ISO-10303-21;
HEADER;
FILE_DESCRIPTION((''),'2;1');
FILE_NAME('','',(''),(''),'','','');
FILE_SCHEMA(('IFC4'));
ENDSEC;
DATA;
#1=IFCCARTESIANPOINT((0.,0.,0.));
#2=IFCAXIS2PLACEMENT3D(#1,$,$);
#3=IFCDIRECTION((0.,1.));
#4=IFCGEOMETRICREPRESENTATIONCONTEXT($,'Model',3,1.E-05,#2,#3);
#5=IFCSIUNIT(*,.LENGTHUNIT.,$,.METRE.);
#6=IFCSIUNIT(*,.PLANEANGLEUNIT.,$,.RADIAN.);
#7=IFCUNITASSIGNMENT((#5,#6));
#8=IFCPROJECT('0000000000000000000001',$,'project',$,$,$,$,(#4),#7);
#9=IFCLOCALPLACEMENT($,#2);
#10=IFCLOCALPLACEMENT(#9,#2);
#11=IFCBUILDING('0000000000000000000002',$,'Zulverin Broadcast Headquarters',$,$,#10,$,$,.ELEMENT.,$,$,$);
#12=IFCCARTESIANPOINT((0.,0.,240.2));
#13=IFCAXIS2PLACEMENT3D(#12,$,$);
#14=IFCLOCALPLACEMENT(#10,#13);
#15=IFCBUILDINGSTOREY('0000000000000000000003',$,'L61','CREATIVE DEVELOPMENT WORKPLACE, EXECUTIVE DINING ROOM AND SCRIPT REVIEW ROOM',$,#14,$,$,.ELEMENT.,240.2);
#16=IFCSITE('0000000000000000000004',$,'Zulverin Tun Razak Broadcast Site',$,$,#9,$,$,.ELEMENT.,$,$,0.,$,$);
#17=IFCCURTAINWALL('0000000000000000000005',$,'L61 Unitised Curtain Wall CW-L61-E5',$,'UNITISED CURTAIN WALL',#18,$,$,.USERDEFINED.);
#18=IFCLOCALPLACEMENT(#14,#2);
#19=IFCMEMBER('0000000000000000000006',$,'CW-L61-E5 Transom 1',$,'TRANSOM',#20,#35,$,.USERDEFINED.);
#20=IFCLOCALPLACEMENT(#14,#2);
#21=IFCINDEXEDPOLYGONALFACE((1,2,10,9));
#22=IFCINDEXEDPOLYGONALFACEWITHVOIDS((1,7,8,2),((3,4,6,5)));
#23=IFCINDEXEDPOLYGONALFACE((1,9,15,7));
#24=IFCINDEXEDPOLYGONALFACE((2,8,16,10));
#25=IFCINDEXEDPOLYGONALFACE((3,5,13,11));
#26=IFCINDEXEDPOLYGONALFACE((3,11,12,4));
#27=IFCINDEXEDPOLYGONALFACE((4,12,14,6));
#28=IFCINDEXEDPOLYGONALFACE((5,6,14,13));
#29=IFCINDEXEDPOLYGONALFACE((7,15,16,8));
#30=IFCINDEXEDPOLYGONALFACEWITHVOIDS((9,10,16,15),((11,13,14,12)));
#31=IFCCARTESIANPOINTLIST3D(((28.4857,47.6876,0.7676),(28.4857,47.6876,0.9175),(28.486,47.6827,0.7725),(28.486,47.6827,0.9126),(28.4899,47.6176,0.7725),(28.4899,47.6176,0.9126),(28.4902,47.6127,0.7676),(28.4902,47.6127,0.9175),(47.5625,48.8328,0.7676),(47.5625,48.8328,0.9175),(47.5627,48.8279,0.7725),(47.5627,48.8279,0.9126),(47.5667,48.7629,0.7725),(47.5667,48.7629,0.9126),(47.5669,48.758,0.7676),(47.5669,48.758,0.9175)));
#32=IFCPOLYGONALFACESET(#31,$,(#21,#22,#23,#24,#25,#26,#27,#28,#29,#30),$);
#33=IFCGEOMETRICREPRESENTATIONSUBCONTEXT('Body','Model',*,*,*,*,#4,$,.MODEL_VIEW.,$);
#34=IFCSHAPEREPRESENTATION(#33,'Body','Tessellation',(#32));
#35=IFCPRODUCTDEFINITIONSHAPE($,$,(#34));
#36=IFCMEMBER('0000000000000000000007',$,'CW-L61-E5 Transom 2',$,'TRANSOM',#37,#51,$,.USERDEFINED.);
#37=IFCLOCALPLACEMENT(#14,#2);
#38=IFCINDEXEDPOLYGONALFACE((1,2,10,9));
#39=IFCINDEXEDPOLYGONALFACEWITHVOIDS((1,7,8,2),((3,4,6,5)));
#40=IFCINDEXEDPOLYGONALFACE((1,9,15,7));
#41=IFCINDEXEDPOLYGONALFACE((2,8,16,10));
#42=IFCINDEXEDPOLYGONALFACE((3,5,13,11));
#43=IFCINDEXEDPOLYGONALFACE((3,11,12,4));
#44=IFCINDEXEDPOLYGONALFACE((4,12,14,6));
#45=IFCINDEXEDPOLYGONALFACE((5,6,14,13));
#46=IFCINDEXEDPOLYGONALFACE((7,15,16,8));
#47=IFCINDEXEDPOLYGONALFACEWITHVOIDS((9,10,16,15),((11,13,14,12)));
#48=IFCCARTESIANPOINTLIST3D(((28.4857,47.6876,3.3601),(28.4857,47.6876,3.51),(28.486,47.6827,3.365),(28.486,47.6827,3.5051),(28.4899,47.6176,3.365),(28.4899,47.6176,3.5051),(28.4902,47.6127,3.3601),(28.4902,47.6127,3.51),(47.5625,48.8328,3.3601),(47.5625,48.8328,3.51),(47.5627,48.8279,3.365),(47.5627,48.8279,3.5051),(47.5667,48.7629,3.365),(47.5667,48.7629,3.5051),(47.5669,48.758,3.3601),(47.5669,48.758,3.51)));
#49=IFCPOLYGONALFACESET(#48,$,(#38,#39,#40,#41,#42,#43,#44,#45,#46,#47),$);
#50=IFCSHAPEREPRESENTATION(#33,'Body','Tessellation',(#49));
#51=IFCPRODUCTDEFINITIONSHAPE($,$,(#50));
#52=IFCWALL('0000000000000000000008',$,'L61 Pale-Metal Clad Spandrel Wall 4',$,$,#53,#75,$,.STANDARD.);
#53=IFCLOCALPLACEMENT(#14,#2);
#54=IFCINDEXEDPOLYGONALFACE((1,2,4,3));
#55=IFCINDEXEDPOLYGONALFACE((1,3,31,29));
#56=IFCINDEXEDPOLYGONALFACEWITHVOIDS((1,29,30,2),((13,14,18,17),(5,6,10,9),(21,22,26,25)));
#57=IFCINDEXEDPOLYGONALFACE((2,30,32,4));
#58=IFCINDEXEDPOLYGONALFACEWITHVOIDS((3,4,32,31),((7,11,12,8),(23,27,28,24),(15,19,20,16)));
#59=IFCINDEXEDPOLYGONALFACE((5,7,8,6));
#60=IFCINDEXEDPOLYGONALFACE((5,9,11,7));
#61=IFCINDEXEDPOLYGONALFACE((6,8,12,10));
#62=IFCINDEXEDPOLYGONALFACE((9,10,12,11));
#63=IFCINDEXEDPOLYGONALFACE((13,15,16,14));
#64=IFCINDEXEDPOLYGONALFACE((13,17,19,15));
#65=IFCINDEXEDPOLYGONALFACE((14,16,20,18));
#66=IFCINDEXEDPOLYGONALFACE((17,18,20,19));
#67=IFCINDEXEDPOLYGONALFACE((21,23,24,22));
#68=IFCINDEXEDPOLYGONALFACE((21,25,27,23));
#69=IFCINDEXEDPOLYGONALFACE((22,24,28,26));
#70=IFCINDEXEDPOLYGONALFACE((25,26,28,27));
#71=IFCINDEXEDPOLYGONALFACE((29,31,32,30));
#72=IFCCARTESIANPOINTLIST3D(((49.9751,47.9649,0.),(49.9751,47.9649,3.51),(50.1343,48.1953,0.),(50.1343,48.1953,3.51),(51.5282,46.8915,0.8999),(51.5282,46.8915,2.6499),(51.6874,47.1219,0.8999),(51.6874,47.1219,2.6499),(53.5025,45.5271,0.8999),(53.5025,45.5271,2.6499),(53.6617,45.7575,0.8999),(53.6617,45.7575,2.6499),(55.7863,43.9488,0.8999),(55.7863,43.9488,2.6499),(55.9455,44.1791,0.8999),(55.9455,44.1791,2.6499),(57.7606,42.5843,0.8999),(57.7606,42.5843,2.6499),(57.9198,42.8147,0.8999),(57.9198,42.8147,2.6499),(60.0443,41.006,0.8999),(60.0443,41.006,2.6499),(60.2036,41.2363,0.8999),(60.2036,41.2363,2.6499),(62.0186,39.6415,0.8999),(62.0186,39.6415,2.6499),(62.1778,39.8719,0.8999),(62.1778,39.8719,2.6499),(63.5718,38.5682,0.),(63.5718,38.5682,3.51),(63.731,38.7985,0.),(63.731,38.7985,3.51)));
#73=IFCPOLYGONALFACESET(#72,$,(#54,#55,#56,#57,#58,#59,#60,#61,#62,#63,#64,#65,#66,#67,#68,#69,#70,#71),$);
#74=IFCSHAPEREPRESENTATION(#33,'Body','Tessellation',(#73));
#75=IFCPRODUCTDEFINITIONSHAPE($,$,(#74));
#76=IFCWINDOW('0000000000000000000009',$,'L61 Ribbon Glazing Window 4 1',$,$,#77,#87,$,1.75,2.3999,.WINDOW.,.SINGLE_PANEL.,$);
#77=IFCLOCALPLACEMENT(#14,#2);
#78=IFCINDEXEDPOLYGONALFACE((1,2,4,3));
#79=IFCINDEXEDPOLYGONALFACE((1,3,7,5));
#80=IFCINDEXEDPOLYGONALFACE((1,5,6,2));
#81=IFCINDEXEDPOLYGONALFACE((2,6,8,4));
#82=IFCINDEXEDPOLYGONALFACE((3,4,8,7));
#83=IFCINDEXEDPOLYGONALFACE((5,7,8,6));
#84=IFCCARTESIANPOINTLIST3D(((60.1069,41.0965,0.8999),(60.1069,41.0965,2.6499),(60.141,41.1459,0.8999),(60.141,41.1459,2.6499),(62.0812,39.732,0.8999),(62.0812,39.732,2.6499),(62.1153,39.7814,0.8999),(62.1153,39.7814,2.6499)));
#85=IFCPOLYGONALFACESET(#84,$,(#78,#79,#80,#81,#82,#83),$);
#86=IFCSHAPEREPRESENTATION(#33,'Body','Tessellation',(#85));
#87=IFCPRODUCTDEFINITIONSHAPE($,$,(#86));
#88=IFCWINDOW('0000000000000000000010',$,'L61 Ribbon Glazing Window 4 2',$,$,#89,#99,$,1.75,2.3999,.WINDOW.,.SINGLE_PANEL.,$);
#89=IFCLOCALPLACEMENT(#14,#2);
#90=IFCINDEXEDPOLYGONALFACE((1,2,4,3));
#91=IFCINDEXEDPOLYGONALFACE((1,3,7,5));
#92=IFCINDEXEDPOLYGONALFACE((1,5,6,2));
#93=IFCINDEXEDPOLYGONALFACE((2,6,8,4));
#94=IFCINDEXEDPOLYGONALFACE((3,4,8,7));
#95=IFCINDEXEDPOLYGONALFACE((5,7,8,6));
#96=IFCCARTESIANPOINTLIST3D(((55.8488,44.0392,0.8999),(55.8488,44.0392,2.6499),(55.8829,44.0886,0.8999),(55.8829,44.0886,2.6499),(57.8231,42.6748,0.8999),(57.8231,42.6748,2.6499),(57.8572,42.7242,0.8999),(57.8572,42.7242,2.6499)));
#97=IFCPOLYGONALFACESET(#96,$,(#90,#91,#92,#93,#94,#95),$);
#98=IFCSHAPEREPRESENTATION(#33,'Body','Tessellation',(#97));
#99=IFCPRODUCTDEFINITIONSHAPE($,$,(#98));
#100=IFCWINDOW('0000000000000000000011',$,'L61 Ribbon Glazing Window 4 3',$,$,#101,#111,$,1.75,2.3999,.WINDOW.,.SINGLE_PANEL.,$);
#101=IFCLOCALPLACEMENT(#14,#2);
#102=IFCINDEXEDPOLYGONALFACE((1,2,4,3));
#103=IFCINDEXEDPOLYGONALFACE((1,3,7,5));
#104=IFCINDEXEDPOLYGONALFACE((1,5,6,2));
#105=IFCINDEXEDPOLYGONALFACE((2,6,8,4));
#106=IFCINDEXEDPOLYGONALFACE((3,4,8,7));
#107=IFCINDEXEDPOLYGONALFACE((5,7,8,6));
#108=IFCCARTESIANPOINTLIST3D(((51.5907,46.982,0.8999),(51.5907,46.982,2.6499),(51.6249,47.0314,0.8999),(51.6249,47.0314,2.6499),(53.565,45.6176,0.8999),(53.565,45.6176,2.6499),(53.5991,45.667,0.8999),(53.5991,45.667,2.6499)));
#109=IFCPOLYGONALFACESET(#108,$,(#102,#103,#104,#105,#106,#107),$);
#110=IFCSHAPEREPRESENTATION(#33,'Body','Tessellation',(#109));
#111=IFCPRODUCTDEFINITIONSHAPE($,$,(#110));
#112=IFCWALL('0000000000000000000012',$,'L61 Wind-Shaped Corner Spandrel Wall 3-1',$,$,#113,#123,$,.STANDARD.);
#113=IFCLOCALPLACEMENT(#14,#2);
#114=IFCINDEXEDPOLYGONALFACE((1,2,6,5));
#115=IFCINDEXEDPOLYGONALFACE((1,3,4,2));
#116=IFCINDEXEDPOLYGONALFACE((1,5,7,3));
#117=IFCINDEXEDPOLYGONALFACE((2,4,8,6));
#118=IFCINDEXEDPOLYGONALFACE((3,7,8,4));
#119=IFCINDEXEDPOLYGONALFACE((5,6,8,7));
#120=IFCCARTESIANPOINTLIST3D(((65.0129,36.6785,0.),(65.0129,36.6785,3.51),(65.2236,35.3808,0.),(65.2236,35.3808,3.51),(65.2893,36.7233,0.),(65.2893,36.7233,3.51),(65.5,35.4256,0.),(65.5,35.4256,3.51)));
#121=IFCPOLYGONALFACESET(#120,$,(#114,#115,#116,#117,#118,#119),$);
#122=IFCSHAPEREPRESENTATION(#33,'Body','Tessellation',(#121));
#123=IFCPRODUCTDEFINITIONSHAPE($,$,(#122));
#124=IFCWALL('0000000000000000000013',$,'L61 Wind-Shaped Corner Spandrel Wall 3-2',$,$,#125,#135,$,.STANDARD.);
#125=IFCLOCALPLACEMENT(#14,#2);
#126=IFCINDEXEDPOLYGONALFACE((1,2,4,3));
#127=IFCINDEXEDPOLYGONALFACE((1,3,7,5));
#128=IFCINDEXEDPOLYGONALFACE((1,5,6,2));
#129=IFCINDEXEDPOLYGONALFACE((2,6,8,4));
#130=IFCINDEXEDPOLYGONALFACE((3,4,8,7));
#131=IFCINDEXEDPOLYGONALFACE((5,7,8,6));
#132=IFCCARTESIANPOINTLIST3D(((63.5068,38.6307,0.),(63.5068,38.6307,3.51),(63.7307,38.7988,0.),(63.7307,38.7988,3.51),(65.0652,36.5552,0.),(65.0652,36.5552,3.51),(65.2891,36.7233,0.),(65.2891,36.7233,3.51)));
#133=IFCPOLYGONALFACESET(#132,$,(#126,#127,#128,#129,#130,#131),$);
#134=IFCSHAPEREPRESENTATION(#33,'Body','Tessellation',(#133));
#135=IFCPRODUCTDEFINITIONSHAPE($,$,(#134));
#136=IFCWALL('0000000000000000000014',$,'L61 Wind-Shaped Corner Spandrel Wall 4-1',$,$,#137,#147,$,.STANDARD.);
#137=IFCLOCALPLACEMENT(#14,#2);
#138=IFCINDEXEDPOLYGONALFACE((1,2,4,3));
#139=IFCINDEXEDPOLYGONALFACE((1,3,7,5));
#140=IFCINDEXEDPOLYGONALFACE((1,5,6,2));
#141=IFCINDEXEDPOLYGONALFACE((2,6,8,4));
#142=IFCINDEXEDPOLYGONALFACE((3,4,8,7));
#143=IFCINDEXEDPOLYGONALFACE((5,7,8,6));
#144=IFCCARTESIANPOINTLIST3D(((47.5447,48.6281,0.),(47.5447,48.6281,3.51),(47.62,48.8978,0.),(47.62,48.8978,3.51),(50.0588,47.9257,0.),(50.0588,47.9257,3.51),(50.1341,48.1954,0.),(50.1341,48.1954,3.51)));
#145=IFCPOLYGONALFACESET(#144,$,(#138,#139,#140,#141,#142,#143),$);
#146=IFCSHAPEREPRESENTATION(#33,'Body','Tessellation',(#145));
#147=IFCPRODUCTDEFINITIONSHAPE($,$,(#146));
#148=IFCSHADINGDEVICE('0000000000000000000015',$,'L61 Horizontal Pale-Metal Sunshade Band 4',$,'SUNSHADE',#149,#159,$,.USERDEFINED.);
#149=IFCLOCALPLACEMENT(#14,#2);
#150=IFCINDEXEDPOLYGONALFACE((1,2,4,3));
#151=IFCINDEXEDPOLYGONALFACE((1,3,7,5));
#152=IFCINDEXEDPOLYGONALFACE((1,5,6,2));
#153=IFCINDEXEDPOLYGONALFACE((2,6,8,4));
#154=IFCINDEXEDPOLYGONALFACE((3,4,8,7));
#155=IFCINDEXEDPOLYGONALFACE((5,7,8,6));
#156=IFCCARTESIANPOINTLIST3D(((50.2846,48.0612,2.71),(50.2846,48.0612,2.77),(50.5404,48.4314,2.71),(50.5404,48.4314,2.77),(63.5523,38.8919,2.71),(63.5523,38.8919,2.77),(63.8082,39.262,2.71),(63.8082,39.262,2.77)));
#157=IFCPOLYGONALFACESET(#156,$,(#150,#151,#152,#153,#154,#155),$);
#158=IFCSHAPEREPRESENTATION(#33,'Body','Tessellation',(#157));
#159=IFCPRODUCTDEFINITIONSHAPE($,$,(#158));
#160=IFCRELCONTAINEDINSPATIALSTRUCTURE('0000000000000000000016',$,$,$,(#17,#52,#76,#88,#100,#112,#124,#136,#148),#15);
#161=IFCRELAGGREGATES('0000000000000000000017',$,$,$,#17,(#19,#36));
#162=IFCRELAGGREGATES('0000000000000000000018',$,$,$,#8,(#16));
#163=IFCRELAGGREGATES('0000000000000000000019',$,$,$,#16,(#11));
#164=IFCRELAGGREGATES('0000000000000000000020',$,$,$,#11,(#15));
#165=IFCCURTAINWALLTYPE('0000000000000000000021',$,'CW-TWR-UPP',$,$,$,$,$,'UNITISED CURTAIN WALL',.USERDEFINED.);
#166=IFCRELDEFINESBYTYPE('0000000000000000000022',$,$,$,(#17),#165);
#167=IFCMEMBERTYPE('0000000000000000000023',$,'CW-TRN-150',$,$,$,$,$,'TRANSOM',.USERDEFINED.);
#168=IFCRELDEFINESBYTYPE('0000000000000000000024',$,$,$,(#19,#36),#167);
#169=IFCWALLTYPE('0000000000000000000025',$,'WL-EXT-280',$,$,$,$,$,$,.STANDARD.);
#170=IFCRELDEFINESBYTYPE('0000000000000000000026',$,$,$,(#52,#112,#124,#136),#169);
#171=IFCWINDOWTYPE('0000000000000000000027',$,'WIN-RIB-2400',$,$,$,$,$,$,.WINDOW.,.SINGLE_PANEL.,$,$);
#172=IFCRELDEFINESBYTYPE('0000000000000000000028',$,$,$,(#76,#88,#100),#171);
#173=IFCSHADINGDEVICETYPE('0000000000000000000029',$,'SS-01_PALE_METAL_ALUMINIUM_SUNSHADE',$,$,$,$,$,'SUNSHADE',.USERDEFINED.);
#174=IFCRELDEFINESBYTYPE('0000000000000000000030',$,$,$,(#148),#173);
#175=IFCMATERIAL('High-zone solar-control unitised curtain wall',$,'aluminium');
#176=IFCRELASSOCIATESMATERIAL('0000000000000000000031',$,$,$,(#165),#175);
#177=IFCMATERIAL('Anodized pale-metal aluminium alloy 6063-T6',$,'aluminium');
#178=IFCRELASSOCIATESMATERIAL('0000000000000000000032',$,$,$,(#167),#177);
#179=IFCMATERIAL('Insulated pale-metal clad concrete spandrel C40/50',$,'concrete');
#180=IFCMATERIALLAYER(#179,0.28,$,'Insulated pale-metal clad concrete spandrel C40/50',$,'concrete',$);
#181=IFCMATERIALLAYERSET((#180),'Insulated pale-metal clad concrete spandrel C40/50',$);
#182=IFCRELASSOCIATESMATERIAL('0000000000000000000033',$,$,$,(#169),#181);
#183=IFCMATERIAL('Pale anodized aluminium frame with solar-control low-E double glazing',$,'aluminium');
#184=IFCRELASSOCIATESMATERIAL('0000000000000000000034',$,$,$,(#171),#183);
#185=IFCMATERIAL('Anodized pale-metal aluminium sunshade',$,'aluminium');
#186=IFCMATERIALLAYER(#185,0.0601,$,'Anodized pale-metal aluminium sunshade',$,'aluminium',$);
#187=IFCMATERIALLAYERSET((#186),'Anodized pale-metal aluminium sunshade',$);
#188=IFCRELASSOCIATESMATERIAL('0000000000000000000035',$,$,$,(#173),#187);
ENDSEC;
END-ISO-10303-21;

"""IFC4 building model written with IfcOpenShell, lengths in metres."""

from ifc_helpers import new_model, si_unit, direction, frame, frame_2d, origin, origin_2d, place, context, subcontext, project, spatial, rectangle, hollow_rectangle, extrude, material, layer, layer_set, material_profile, profile_set, type_object, element, fill, aggregate, save


model = new_model("IFC4")

# Units and contexts
model_context = context("Model", 3, precision=1e-05, world=origin(), true_north=direction((0.0, 1.0)))
body_context = subcontext(model_context, "Body", "Model", "MODEL_VIEW")
ifc_project = project(units=[si_unit("LENGTHUNIT", "METRE"), si_unit("PLANEANGLEUNIT", "RADIAN")], contexts=[model_context])

# Site, building, storey
site_placement = place(None, origin())
site = spatial("IfcSite", under=ifc_project, at=site_placement, Name="Zulverin Tun Razak Broadcast Site", CompositionType="ELEMENT", RefElevation=0.0)
building_placement = place(site_placement, origin())
building = spatial("IfcBuilding", under=site, at=building_placement, Name="Zulverin Broadcast Headquarters", CompositionType="ELEMENT")
storey_placement = place(building_placement, frame((0.0, 0.0, 240.2)))
storey = spatial("IfcBuildingStorey", under=building, at=storey_placement, Name="L61", Description="CREATIVE DEVELOPMENT WORKPLACE, EXECUTIVE DINING ROOM AND SCRIPT REVIEW ROOM", CompositionType="ELEMENT", Elevation=240.2)

# Curtain wall, members
ifc_material_1 = material(Name="High-zone solar-control unitised curtain wall", Category="aluminium")
curtain_wall_type = type_object("IfcCurtainWallType", Name="CW-TWR-UPP", ElementType="UNITISED CURTAIN WALL", PredefinedType="USERDEFINED", material=ifc_material_1)
curtain_wall_placement = place(storey_placement, origin())
curtain_wall = element("IfcCurtainWall", 1, at=curtain_wall_placement, inside=storey, type_object=curtain_wall_type, Name="L61 Unitised Curtain Wall CW-L61-E5", ObjectType="UNITISED CURTAIN WALL", PredefinedType="USERDEFINED")
ifc_material_2 = material(Name="Anodized pale-metal aluminium alloy 6063-T6", Category="aluminium")
ifc_material_profile_1 = material_profile(ifc_material_2, hollow_rectangle(XDim=0.075, YDim=0.1499, WallThickness=0.0049, at=origin_2d()), Name="Anodized pale-metal aluminium alloy 6063-T6", Category="aluminium")
ifc_profile_set_1 = profile_set([ifc_material_profile_1], Name="Anodized pale-metal aluminium alloy 6063-T6")
member_type_1 = type_object("IfcMemberType", Name="CW-TRN-150", ElementType="TRANSOM", PredefinedType="USERDEFINED", material=ifc_profile_set_1)
member_1_placement = place(storey_placement, frame((47.5647, 48.7954, 0.8425), z_axis=(-0.998203, -0.059927, 0.0), x_axis=(0.059927, -0.998203, 0.0)))
member_1 = element("IfcMember", 2, at=member_1_placement, type_object=member_type_1, Name="CW-L61-E5 Transom 1", ObjectType="TRANSOM", PredefinedType="USERDEFINED", context=body_context, shape_type="SweptSolid", body=[
    extrude(hollow_rectangle(XDim=0.075, YDim=0.1499, WallThickness=0.0049, at=origin_2d()), origin(), (0.0, 0.0, 1.0), 19.1111),
])
member_2_placement = place(storey_placement, frame((47.5647, 48.7954, 3.4351), z_axis=(-0.998203, -0.059927, 0.0), x_axis=(0.059927, -0.998203, 0.0)))
member_2 = element("IfcMember", 3, at=member_2_placement, type_object=member_type_1, Name="CW-L61-E5 Transom 2", ObjectType="TRANSOM", PredefinedType="USERDEFINED", context=body_context, shape_type="SweptSolid", body=[
    extrude(hollow_rectangle(XDim=0.075, YDim=0.1499, WallThickness=0.0049, at=origin_2d()), origin(), (0.0, 0.0, 1.0), 19.1111),
])
aggregate(curtain_wall, [member_1, member_2])

# Wall, openings, windows
ifc_material_3 = material(Name="Insulated pale-metal clad concrete spandrel C40/50", Category="concrete")
ifc_layer_1 = layer(ifc_material_3, 0.28, Name="Insulated pale-metal clad concrete spandrel C40/50", Category="concrete")
ifc_layer_set_1 = layer_set([ifc_layer_1], Name="Insulated pale-metal clad concrete spandrel C40/50")
wall_type = type_object("IfcWallType", Name="WL-EXT-280", PredefinedType="STANDARD", material=ifc_layer_set_1)
wall_1_placement = place(storey_placement, frame((63.6514, 38.6833, 0.0), z_axis=(0.0, 0.0, 1.0), x_axis=(-0.822655, 0.568541, 0.0)))
wall_1 = element("IfcWall", 4, at=wall_1_placement, inside=storey, type_object=wall_type, Name="L61 Pale-Metal Clad Spandrel Wall 4", PredefinedType="STANDARD", context=body_context, shape_type="SweptSolid", body=[
    extrude(rectangle(XDim=16.5278, YDim=0.28, at=frame_2d((8.2639, 0.0))), origin(), (0.0, 0.0, 1.0), 3.51),
])
opening_1_placement = place(wall_1_placement, frame((1.8879, 0.0, 0.8999)))
opening_1 = element("IfcOpeningElement", 5, at=opening_1_placement, cuts=wall_1, PredefinedType="OPENING", context=body_context, shape_type="SweptSolid", body=[
    extrude(rectangle(XDim=2.3999, YDim=1.75, at=frame_2d((1.2, 0.875))), frame((0.0, 0.1499, 0.0), z_axis=(0.0, -1.0, 0.0), x_axis=(1.0, 0.0, 0.0)), (0.0, 0.0, 1.0), 0.3),
])
opening_2_placement = place(wall_1_placement, frame((7.064, 0.0, 0.8999)))
opening_2 = element("IfcOpeningElement", 6, at=opening_2_placement, cuts=wall_1, PredefinedType="OPENING", context=body_context, shape_type="SweptSolid", body=[
    extrude(rectangle(XDim=2.3999, YDim=1.75, at=frame_2d((1.2, 0.875))), frame((0.0, 0.1499, 0.0), z_axis=(0.0, -1.0, 0.0), x_axis=(1.0, 0.0, 0.0)), (0.0, 0.0, 1.0), 0.3),
])
opening_3_placement = place(wall_1_placement, frame((12.24, 0.0, 0.8999)))
opening_3 = element("IfcOpeningElement", 7, at=opening_3_placement, cuts=wall_1, PredefinedType="OPENING", context=body_context, shape_type="SweptSolid", body=[
    extrude(rectangle(XDim=2.3999, YDim=1.75, at=frame_2d((1.2, 0.875))), frame((0.0, 0.1499, 0.0), z_axis=(0.0, -1.0, 0.0), x_axis=(1.0, 0.0, 0.0)), (0.0, 0.0, 1.0), 0.3),
])
ifc_material_4 = material(Name="Pale anodized aluminium frame with solar-control low-E double glazing", Category="aluminium")
window_type = type_object("IfcWindowType", Name="WIN-RIB-2400", PartitioningType="SINGLE_PANEL", PredefinedType="WINDOW", material=ifc_material_4)
window_1_placement = place(opening_1_placement, origin())
window_1 = element("IfcWindow", 8, at=window_1_placement, inside=storey, type_object=window_type, Name="L61 Ribbon Glazing Window 4 1", OverallHeight=1.75, OverallWidth=2.3999, PartitioningType="SINGLE_PANEL", PredefinedType="WINDOW", context=body_context, shape_type="SweptSolid", body=[
    extrude(rectangle(XDim=2.3999, YDim=1.75, at=frame_2d((1.2, 0.875))), frame((0.0, 0.03, 0.0), z_axis=(0.0, -1.0, 0.0), x_axis=(1.0, 0.0, 0.0)), (0.0, 0.0, 1.0), 0.0601),
])
fill(opening_1, window_1)
window_2_placement = place(opening_2_placement, origin())
window_2 = element("IfcWindow", 9, at=window_2_placement, inside=storey, type_object=window_type, Name="L61 Ribbon Glazing Window 4 2", OverallHeight=1.75, OverallWidth=2.3999, PartitioningType="SINGLE_PANEL", PredefinedType="WINDOW", context=body_context, shape_type="SweptSolid", body=[
    extrude(rectangle(XDim=2.3999, YDim=1.75, at=frame_2d((1.2, 0.875))), frame((0.0, 0.03, 0.0), z_axis=(0.0, -1.0, 0.0), x_axis=(1.0, 0.0, 0.0)), (0.0, 0.0, 1.0), 0.0601),
])
fill(opening_2, window_2)
window_3_placement = place(opening_3_placement, origin())
window_3 = element("IfcWindow", 10, at=window_3_placement, inside=storey, type_object=window_type, Name="L61 Ribbon Glazing Window 4 3", OverallHeight=1.75, OverallWidth=2.3999, PartitioningType="SINGLE_PANEL", PredefinedType="WINDOW", context=body_context, shape_type="SweptSolid", body=[
    extrude(rectangle(XDim=2.3999, YDim=1.75, at=frame_2d((1.2, 0.875))), frame((0.0, 0.03, 0.0), z_axis=(0.0, -1.0, 0.0), x_axis=(1.0, 0.0, 0.0)), (0.0, 0.0, 1.0), 0.0601),
])
fill(opening_3, window_3)

# Walls
wall_2_placement = place(storey_placement, frame((65.3618, 35.4033, 0.0), z_axis=(0.0, 0.0, 1.0), x_axis=(-0.160272, 0.987073, 0.0)))
element("IfcWall", 11, at=wall_2_placement, inside=storey, type_object=wall_type, Name="L61 Wind-Shaped Corner Spandrel Wall 3-1", PredefinedType="STANDARD", context=body_context, shape_type="SweptSolid", body=[
    extrude(rectangle(XDim=1.3147, YDim=0.28, at=frame_2d((0.6572, 0.0))), origin(), (0.0, 0.0, 1.0), 3.51),
])
wall_3_placement = place(storey_placement, frame((65.1772, 36.6392, 0.0), z_axis=(0.0, 0.0, 1.0), x_axis=(-0.600436, 0.799673, 0.0)))
element("IfcWall", 12, at=wall_3_placement, inside=storey, type_object=wall_type, Name="L61 Wind-Shaped Corner Spandrel Wall 3-2", PredefinedType="STANDARD", context=body_context, shape_type="SweptSolid", body=[
    extrude(rectangle(XDim=2.5955, YDim=0.28, at=frame_2d((1.2979, 0.0))), origin(), (0.0, 0.0, 1.0), 3.51),
])
wall_4_placement = place(storey_placement, frame((50.0964, 48.0605, 0.0), z_axis=(0.0, 0.0, 1.0), x_axis=(-0.96312, 0.269071, 0.0)))
element("IfcWall", 13, at=wall_4_placement, inside=storey, type_object=wall_type, Name="L61 Wind-Shaped Corner Spandrel Wall 4-1", PredefinedType="STANDARD", context=body_context, shape_type="SweptSolid", body=[
    extrude(rectangle(XDim=2.6104, YDim=0.28, at=frame_2d((1.3052, 0.0))), origin(), (0.0, 0.0, 1.0), 3.51),
])

# Shading device
ifc_material_5 = material(Name="Anodized pale-metal aluminium sunshade", Category="aluminium")
ifc_layer_2 = layer(ifc_material_5, 0.0601, Name="Anodized pale-metal aluminium sunshade", Category="aluminium")
ifc_layer_set_2 = layer_set([ifc_layer_2], Name="Anodized pale-metal aluminium sunshade")
shading_device_type = type_object("IfcShadingDeviceType", Name="SS-01_PALE_METAL_ALUMINIUM_SUNSHADE", ElementType="SUNSHADE", PredefinedType="USERDEFINED", material=ifc_layer_set_2)
shading_device_placement = place(storey_placement, frame((57.0464, 43.6616, 2.71), z_axis=(0.0, 0.0, 1.0), x_axis=(-0.822655, 0.56854, 0.0)))
element("IfcShadingDevice", 14, at=shading_device_placement, inside=storey, type_object=shading_device_type, Name="L61 Horizontal Pale-Metal Sunshade Band 4", ObjectType="SUNSHADE", PredefinedType="USERDEFINED", context=body_context, shape_type="SweptSolid", body=[
    extrude(rectangle(XDim=16.1279, YDim=0.45, at=origin_2d()), origin(), (0.0, 0.0, 1.0), 0.0601),
])

save(model, "model.ifc")
